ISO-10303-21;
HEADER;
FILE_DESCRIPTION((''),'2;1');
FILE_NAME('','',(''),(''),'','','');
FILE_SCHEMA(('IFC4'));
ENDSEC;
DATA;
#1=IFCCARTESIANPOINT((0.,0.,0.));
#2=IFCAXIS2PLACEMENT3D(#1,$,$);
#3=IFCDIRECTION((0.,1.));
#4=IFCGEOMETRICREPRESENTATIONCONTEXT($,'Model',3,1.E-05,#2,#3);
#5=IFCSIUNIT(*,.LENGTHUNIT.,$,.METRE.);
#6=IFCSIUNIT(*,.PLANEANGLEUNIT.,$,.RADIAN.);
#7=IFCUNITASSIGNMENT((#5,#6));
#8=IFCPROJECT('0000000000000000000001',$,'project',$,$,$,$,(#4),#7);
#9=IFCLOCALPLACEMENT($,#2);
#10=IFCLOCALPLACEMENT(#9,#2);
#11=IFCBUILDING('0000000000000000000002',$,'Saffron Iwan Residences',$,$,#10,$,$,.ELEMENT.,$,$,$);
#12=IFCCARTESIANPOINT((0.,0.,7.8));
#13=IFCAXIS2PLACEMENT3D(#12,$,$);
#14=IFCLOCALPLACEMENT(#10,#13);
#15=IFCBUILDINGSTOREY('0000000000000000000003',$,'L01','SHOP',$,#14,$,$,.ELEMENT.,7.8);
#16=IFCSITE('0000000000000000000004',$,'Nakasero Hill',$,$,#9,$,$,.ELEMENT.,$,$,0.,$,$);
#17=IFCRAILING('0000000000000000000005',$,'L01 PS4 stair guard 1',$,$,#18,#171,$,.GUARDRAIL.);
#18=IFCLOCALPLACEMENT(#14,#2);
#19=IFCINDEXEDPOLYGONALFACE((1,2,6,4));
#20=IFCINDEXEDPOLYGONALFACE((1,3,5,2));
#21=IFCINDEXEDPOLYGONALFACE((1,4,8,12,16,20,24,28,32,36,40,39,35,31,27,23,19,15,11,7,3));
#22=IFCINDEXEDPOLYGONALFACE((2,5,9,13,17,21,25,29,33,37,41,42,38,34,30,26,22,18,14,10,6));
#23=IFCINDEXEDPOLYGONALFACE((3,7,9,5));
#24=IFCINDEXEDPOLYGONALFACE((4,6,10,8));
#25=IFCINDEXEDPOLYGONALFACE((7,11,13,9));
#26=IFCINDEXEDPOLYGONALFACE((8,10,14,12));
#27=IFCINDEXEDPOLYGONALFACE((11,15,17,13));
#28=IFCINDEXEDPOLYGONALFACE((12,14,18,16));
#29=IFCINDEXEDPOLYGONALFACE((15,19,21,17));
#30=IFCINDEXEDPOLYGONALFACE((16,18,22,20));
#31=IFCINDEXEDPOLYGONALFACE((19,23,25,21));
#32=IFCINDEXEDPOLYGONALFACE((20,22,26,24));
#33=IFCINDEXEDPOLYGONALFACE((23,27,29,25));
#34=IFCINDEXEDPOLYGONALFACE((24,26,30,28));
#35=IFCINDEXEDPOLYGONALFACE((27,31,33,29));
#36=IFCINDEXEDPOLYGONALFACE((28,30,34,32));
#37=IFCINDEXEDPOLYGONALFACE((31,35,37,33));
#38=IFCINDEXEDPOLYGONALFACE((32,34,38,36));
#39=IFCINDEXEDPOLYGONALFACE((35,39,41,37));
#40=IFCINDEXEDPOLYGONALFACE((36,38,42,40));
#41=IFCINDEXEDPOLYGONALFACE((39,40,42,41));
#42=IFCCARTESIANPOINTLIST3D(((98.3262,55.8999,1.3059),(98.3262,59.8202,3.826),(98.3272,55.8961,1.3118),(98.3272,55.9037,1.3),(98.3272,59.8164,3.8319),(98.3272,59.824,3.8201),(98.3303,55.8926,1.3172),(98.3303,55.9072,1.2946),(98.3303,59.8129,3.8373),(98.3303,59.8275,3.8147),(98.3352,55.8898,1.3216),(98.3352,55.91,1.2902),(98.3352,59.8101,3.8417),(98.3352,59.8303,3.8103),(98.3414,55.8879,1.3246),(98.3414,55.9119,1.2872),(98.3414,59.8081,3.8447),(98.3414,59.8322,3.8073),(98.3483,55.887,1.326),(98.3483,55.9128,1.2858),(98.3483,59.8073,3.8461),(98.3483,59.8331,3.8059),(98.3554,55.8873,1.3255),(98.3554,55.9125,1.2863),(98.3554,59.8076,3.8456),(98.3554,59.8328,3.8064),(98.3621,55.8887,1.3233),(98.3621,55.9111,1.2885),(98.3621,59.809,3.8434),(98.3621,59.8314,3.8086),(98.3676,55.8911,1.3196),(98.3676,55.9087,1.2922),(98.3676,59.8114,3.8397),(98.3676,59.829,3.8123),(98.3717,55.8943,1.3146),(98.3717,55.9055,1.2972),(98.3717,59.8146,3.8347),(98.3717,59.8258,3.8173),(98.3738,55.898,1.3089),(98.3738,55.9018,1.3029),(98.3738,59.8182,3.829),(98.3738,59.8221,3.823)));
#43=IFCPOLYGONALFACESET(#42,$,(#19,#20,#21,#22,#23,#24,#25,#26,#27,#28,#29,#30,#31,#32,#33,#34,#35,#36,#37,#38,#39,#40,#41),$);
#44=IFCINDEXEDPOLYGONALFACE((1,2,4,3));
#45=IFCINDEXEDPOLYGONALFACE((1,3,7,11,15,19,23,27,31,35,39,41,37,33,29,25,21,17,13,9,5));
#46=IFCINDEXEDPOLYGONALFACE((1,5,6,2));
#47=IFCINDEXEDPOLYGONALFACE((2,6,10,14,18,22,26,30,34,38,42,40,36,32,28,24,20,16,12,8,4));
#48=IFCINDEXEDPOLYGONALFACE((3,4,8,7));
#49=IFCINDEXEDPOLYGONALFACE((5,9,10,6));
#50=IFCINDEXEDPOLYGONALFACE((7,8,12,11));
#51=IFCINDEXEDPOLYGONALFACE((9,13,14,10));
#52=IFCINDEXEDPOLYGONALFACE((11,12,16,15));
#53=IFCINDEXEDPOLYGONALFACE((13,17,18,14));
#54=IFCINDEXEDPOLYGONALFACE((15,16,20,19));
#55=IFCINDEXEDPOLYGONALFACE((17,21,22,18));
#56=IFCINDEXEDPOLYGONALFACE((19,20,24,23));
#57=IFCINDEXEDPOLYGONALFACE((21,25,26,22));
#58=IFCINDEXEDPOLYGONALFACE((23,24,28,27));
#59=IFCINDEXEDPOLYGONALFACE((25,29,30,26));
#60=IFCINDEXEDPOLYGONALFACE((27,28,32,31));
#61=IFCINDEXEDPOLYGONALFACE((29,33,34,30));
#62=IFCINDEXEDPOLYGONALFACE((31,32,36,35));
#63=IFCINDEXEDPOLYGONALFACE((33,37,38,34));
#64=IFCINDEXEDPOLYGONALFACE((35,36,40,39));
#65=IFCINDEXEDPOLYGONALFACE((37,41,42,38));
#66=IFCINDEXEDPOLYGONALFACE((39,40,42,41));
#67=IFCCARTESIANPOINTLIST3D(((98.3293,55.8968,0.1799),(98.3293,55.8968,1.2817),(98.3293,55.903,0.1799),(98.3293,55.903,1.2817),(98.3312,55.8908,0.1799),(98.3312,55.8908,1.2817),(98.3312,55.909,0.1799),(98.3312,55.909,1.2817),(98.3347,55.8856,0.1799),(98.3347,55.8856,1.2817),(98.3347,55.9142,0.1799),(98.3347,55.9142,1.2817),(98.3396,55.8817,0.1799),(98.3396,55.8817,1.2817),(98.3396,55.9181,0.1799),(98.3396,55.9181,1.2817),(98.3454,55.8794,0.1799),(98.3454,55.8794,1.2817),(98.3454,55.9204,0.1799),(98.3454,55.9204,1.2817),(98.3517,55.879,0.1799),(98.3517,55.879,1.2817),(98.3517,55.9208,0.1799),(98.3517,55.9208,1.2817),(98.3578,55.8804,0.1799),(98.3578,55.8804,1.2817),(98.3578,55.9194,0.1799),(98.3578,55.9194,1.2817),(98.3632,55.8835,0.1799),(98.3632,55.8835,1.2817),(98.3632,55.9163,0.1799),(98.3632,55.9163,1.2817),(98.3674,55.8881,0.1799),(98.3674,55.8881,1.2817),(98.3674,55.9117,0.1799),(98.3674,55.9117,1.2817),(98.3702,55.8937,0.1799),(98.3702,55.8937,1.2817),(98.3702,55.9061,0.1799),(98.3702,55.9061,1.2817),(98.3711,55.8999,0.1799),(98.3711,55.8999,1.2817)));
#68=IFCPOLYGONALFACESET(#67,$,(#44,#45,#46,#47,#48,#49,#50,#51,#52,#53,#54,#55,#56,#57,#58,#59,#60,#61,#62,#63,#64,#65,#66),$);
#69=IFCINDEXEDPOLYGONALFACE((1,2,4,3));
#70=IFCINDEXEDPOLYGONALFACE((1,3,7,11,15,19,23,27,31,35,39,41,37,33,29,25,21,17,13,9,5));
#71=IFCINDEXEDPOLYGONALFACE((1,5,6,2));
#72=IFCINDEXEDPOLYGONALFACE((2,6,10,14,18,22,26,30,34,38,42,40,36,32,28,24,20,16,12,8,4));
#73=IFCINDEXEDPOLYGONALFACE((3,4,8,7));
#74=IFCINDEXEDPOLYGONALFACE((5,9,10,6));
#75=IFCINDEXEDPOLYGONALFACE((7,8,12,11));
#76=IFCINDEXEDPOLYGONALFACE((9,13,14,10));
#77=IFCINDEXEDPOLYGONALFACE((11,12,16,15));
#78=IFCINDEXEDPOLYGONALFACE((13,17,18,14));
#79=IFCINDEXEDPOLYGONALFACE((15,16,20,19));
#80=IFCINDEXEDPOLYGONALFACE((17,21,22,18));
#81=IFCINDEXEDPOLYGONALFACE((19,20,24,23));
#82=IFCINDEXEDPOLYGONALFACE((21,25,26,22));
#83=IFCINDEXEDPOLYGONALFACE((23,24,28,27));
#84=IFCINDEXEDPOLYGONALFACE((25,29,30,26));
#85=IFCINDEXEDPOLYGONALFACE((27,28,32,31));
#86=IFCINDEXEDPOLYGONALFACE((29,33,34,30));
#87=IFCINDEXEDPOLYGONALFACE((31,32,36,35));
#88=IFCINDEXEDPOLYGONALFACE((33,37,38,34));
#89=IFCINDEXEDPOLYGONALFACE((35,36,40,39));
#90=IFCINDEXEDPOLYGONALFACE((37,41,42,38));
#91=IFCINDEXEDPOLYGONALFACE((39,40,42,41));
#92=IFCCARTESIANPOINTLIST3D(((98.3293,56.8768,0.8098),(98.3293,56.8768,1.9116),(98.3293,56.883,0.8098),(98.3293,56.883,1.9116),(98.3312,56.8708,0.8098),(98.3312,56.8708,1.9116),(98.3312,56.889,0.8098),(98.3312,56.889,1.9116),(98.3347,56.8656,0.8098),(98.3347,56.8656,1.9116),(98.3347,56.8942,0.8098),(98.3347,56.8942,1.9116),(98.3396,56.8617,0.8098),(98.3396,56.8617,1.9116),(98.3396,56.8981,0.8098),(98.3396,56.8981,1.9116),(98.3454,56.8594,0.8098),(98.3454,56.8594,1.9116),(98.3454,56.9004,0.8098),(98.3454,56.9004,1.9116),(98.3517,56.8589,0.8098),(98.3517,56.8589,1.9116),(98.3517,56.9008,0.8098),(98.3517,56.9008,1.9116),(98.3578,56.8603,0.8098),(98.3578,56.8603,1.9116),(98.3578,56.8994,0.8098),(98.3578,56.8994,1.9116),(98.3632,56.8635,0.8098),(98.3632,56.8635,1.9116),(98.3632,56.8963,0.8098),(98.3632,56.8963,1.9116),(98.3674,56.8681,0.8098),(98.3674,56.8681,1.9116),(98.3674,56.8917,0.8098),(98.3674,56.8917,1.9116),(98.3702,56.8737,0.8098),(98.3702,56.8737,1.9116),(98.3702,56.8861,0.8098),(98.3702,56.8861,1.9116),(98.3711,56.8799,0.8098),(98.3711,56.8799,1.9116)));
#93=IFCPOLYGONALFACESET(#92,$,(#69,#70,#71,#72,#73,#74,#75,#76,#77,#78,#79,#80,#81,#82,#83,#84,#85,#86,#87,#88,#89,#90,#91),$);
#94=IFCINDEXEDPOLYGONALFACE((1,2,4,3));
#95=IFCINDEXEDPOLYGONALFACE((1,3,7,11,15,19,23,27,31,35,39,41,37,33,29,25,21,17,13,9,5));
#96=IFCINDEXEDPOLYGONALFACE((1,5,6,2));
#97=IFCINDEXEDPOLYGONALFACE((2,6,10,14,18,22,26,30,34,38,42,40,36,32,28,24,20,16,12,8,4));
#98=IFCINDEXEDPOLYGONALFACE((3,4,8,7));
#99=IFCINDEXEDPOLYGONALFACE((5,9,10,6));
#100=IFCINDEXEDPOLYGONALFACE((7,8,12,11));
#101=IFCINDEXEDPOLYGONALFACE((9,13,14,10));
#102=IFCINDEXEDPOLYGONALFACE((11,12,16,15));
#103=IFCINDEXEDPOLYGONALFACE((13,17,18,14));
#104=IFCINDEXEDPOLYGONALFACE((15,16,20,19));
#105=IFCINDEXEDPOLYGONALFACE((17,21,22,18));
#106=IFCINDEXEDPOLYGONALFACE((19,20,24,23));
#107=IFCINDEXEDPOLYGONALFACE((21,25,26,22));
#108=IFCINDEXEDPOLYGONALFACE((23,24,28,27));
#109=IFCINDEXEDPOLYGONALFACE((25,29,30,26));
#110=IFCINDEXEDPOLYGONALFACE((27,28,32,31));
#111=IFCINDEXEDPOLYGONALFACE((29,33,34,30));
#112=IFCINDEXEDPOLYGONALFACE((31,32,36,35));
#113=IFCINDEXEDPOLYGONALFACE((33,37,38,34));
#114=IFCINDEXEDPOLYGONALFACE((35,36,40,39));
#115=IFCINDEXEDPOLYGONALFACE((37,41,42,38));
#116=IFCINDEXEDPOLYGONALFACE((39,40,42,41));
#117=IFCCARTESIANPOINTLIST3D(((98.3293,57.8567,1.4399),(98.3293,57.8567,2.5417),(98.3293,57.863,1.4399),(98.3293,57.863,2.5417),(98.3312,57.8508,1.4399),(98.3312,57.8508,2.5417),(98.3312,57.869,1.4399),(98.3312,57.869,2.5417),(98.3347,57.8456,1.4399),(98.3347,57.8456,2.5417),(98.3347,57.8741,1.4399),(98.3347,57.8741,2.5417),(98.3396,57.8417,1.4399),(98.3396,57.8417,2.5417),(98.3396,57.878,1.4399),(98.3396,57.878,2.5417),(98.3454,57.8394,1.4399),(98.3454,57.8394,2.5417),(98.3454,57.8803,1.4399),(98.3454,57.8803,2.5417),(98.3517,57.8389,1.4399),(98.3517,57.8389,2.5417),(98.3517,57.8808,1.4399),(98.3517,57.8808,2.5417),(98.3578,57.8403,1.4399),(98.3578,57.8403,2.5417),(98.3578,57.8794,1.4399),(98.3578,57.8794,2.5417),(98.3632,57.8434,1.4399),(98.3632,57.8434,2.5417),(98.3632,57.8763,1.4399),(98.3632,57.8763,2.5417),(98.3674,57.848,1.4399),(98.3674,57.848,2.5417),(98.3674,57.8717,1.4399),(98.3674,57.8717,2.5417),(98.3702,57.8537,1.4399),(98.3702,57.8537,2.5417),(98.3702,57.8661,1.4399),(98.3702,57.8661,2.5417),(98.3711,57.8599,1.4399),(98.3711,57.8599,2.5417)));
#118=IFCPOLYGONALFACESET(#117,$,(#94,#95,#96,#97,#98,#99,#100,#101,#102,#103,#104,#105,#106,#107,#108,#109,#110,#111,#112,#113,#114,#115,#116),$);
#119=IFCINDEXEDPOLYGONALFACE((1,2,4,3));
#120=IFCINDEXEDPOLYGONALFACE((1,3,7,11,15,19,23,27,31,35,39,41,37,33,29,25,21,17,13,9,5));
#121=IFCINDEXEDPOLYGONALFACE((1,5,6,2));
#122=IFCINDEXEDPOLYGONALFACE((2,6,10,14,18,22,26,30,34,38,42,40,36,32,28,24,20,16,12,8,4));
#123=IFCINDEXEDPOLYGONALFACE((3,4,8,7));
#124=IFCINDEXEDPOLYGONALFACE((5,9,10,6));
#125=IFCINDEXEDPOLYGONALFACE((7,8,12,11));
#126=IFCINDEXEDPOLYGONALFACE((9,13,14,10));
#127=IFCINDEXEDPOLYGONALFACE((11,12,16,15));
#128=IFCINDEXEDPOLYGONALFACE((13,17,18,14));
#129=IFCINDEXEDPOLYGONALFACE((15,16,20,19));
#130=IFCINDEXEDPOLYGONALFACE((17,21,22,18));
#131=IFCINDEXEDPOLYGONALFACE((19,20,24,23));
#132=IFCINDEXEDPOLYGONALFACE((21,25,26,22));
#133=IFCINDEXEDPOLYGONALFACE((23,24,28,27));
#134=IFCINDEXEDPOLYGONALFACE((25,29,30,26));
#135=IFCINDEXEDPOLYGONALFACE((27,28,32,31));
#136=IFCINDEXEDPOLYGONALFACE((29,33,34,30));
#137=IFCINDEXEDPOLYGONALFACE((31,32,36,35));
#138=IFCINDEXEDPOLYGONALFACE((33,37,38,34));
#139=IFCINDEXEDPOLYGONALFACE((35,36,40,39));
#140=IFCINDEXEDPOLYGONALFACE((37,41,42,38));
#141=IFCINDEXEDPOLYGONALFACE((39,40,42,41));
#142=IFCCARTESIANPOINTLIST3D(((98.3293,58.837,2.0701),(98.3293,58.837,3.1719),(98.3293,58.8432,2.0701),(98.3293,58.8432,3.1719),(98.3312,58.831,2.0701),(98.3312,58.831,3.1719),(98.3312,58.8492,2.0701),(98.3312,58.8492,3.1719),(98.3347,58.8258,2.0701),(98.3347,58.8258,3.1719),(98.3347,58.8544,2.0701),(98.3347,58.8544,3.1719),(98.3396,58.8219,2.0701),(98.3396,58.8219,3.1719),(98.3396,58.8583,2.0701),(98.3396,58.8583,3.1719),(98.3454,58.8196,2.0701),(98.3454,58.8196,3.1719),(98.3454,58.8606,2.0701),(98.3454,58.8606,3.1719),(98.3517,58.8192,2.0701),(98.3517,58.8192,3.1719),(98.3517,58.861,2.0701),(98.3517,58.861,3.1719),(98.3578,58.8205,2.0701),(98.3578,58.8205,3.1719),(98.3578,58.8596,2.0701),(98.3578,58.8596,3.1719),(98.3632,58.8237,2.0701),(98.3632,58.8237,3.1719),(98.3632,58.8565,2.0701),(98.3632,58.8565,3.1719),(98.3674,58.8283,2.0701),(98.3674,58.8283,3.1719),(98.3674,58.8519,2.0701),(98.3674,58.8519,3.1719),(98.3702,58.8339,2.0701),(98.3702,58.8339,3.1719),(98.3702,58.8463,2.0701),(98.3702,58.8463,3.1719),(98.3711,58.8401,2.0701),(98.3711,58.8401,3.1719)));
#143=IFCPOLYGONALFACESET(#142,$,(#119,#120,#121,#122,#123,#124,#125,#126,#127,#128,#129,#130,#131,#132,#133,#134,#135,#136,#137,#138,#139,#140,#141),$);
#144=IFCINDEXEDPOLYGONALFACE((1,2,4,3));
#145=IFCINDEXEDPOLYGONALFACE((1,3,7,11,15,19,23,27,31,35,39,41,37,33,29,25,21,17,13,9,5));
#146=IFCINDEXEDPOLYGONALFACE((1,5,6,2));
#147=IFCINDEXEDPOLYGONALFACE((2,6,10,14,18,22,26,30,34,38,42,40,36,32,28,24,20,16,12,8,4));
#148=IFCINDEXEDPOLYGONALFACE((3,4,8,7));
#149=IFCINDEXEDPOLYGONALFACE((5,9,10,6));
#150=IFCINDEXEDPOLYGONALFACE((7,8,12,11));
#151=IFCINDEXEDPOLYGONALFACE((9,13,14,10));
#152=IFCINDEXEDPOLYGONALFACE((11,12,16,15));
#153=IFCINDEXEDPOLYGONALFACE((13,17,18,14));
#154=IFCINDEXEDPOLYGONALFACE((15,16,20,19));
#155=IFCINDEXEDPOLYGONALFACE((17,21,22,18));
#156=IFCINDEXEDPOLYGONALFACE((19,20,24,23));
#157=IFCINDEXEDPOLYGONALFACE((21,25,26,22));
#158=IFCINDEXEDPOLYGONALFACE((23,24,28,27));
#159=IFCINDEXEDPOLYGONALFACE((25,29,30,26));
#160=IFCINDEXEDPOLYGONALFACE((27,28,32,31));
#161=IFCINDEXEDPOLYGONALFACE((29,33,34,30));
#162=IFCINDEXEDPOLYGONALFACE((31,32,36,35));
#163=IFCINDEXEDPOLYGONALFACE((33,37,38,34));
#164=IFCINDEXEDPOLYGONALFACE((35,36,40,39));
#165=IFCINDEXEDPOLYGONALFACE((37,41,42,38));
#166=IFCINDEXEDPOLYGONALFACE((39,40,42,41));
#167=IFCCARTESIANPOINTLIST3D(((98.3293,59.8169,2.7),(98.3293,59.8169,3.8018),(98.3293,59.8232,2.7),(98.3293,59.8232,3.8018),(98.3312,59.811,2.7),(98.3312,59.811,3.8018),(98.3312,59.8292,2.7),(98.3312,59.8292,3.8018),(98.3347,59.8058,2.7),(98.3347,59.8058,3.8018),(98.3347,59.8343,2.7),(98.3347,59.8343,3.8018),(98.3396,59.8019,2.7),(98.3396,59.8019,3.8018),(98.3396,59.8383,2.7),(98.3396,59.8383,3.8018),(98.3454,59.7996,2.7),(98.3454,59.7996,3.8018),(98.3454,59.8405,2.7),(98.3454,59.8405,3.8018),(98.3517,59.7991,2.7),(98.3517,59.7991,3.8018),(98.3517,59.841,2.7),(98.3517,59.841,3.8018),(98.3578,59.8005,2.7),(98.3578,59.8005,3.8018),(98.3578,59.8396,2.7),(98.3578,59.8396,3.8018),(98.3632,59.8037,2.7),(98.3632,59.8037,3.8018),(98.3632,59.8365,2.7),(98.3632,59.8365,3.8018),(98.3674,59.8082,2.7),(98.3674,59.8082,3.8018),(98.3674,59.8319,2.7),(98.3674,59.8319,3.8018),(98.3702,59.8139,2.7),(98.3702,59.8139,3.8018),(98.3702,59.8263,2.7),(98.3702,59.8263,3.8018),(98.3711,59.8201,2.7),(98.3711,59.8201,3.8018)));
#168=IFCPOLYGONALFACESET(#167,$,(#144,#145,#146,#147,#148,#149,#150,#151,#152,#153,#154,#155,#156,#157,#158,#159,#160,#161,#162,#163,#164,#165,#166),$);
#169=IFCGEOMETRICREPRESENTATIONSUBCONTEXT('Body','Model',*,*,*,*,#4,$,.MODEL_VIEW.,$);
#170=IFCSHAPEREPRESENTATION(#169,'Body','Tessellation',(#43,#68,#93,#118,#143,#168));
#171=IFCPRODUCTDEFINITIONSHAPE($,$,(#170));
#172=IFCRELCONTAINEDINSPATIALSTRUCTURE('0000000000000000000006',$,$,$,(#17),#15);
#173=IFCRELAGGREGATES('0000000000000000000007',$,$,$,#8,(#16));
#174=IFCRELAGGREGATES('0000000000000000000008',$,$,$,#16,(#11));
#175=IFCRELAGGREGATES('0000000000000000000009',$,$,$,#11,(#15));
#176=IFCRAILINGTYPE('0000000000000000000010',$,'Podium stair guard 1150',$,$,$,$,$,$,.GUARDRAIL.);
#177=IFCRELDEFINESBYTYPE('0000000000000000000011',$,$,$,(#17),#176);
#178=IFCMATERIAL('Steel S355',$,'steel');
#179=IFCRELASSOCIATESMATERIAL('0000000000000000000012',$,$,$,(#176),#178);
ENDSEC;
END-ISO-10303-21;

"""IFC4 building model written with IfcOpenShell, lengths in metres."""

from ifc_helpers import new_model, si_unit, direction, frame, origin, origin_2d, place, context, subcontext, project, spatial, circle, extrude, material, type_object, element, save


model = new_model("IFC4")

# Units and contexts
model_context = context("Model", 3, precision=1e-05, world=origin(), true_north=direction((0.0, 1.0)))
body_context = subcontext(model_context, "Body", "Model", "MODEL_VIEW")
ifc_project = project(units=[si_unit("LENGTHUNIT", "METRE"), si_unit("PLANEANGLEUNIT", "RADIAN")], contexts=[model_context])

# Site, building, storey
site_placement = place(None, origin())
site = spatial("IfcSite", under=ifc_project, at=site_placement, Name="Nakasero Hill", CompositionType="ELEMENT", RefElevation=0.0)
building_placement = place(site_placement, origin())
building = spatial("IfcBuilding", under=site, at=building_placement, Name="Saffron Iwan Residences", CompositionType="ELEMENT")
storey_placement = place(building_placement, frame((0.0, 0.0, 7.8)))
storey = spatial("IfcBuildingStorey", under=building, at=storey_placement, Name="L01", Description="SHOP", CompositionType="ELEMENT", Elevation=7.8)

# Railing
ifc_material_1 = material(Name="Steel S355", Category="steel")
railing_type_1 = type_object("IfcRailingType", Name="Podium stair guard 1150", PredefinedType="GUARDRAIL", material=ifc_material_1)
railing_1_placement = place(storey_placement, frame((98.3501, 55.8999, 0.1799)))
element("IfcRailing", 1, at=railing_1_placement, inside=storey, type_object=railing_type_1, Name="L01 PS4 stair guard 1", PredefinedType="GUARDRAIL", context=body_context, shape_type="SweptSolid", body=[
    extrude(circle(Radius=0.0239, at=origin_2d()), frame((0.0, 0.0, 1.126), z_axis=(0.0, 0.841187, 0.540744), x_axis=(-1.0, 0.0, 0.0)), (0.0, 0.0, 1.0), 4.6604),
    extrude(circle(Radius=0.021, at=origin_2d()), origin(), (0.0, 0.0, 1.0), 1.1018),
    extrude(circle(Radius=0.021, at=origin_2d()), frame((0.0, 0.98, 0.6299)), (0.0, 0.0, 1.0), 1.1018),
    extrude(circle(Radius=0.021, at=origin_2d()), frame((0.0, 1.96, 1.26)), (0.0, 0.0, 1.0), 1.1018),
    extrude(circle(Radius=0.021, at=origin_2d()), frame((0.0, 2.9402, 1.8901)), (0.0, 0.0, 1.0), 1.1018),
    extrude(circle(Radius=0.021, at=origin_2d()), frame((0.0, 3.9202, 2.52)), (0.0, 0.0, 1.0), 1.1018),
])

save(model, "model.ifc")
